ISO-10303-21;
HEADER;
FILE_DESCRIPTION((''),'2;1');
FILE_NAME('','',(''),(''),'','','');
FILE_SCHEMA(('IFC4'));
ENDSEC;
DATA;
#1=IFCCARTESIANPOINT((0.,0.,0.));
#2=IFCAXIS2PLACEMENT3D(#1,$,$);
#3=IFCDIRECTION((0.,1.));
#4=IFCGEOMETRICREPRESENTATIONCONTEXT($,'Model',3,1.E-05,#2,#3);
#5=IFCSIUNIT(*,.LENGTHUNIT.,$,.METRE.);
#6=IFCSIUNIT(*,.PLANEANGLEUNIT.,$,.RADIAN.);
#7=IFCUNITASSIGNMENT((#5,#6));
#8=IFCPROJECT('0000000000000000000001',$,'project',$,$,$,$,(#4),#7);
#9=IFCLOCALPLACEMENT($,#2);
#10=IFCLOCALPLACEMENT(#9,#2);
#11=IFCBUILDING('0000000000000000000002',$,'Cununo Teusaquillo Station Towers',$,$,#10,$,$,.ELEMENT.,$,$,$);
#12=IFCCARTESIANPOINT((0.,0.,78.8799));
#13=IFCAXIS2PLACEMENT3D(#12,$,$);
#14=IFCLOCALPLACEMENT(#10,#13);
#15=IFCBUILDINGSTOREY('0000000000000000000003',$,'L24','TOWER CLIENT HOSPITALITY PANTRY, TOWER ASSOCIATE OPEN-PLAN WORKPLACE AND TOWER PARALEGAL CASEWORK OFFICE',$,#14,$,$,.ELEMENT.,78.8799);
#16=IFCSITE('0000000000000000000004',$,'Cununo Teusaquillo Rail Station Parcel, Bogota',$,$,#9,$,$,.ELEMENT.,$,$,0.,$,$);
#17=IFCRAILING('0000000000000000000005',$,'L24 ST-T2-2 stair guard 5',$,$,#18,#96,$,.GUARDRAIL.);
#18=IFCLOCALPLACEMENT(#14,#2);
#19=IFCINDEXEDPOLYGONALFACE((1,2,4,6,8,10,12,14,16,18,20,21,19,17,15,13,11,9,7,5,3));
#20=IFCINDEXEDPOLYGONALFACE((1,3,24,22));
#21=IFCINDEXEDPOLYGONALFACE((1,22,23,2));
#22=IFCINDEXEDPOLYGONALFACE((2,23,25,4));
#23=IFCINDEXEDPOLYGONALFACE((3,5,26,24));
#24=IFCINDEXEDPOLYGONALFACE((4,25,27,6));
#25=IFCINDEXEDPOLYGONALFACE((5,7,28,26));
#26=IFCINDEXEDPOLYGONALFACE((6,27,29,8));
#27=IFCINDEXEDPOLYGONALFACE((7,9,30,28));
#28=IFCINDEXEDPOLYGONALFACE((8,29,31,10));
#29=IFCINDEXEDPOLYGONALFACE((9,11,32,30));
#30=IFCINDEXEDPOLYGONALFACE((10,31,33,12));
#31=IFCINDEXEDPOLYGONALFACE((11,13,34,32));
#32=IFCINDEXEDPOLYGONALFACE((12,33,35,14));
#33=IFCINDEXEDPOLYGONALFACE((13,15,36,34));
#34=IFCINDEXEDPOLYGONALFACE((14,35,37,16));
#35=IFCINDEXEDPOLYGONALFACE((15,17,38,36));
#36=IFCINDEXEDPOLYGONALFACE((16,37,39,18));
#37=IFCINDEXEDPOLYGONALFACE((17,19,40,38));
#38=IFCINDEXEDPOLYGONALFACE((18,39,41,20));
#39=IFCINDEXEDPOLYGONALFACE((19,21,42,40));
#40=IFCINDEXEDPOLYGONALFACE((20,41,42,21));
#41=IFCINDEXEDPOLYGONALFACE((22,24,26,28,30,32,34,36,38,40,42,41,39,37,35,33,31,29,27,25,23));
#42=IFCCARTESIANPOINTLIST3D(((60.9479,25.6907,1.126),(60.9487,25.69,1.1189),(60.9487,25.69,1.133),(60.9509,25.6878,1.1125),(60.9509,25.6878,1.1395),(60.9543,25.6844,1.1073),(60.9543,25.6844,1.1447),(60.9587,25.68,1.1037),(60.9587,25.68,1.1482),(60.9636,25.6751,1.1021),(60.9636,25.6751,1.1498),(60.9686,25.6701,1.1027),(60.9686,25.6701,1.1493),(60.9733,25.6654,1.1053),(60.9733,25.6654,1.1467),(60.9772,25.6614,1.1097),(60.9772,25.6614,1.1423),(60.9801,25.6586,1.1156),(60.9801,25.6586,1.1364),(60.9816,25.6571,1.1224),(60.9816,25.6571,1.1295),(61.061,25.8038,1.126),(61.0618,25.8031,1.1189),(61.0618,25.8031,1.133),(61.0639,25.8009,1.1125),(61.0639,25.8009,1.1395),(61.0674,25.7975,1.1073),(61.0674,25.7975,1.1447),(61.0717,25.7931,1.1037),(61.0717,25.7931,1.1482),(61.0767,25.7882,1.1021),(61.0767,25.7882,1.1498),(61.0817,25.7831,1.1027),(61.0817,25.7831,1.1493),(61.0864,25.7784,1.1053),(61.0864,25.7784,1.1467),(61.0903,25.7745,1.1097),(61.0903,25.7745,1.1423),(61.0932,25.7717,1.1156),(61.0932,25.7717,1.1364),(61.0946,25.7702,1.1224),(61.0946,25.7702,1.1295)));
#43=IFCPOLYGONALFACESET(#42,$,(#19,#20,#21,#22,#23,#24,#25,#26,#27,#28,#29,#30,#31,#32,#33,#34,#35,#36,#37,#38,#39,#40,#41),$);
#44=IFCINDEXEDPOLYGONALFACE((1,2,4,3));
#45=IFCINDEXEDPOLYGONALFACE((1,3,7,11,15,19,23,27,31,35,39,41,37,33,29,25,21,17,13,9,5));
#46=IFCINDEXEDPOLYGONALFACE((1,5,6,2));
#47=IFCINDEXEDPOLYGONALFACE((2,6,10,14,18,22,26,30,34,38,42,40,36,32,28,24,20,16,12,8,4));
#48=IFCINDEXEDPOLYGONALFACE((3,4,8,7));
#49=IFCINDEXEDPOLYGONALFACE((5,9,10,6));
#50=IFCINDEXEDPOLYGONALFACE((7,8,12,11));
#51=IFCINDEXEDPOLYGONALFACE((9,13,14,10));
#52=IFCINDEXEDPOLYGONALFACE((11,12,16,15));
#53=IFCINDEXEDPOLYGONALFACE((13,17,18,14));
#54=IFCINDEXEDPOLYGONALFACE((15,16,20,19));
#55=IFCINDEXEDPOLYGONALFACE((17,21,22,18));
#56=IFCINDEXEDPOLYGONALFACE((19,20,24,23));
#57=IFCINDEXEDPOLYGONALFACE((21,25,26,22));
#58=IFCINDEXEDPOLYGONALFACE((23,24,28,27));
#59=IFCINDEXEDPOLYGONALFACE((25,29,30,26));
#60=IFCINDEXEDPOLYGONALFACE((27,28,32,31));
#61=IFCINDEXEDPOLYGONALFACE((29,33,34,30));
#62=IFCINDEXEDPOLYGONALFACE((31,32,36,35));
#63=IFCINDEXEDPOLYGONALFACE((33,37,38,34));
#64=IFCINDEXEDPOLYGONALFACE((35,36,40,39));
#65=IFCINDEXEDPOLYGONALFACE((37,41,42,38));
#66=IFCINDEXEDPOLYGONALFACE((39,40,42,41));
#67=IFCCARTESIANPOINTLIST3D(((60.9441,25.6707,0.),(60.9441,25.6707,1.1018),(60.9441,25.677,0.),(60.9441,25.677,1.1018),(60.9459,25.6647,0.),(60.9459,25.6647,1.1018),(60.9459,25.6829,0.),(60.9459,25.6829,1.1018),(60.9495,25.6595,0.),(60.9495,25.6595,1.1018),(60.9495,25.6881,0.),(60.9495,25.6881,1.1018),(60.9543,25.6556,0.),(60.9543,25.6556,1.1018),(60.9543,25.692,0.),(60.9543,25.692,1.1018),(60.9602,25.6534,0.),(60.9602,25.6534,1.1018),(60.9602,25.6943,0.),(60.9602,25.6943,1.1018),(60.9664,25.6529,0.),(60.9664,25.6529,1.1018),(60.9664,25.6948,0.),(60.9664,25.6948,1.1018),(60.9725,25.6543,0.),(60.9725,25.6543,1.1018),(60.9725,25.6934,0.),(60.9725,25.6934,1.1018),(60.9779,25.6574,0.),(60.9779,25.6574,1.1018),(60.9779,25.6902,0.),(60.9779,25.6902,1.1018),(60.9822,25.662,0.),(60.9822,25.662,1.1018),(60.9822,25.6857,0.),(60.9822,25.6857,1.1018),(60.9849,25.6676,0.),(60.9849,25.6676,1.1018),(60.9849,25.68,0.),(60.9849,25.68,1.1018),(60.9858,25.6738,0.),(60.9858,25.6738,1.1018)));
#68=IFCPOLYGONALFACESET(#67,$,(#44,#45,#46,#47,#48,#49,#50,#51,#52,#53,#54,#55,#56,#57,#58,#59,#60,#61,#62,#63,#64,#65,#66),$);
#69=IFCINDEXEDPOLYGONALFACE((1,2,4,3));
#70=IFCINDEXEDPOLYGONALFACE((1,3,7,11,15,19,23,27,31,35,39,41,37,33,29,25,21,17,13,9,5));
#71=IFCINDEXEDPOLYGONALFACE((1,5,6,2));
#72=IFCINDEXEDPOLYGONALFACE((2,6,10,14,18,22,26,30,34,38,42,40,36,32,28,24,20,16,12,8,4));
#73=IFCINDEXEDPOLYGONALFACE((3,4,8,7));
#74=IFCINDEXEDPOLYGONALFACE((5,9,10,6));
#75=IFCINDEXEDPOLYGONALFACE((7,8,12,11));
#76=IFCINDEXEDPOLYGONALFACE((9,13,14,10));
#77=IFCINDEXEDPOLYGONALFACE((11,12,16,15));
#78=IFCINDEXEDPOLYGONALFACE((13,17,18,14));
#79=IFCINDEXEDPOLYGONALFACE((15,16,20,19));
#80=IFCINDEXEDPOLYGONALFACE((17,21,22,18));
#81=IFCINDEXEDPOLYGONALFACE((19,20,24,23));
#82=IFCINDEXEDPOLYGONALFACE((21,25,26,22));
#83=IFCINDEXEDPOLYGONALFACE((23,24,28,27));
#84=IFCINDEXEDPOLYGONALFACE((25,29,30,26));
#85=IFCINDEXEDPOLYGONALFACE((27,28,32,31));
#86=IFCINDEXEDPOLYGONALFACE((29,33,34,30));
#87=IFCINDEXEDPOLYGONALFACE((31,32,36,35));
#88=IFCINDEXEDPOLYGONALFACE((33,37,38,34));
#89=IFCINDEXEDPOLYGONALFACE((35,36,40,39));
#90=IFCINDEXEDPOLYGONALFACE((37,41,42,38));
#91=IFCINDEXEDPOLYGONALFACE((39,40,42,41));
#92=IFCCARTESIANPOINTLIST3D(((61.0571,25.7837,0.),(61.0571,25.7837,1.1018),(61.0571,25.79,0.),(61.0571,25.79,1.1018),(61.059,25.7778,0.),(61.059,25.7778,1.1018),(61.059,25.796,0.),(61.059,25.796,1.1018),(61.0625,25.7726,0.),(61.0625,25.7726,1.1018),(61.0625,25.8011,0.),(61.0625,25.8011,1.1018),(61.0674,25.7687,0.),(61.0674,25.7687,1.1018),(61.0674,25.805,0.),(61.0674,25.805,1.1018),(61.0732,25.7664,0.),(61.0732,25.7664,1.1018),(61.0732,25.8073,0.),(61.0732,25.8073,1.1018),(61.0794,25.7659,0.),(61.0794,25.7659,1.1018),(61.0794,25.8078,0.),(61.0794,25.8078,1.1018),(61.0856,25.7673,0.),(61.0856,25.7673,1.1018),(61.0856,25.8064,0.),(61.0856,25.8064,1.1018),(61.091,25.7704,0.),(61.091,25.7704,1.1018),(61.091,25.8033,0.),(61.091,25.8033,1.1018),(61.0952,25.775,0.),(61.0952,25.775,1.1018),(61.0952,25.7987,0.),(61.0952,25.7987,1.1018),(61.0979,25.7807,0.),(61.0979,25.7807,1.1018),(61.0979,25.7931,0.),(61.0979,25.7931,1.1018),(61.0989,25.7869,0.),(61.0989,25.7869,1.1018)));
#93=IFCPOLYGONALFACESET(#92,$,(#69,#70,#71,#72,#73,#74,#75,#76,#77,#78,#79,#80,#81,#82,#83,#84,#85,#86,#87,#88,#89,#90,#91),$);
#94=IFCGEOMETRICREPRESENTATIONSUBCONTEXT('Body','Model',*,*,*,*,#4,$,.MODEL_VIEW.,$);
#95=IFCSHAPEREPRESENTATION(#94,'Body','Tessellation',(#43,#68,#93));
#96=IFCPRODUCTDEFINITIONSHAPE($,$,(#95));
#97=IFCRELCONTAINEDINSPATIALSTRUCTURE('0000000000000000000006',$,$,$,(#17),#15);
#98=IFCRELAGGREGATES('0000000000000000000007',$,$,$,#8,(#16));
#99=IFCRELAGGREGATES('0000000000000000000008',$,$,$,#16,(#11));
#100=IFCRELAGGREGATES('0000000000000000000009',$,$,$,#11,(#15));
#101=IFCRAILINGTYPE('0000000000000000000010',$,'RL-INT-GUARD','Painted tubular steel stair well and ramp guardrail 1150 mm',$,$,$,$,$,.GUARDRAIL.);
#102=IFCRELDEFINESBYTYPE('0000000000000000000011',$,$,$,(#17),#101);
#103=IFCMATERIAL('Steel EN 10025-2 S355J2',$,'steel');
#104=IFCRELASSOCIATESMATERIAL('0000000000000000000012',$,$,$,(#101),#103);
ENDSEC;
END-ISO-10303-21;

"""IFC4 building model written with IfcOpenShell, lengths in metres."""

from ifc_helpers import new_model, si_unit, direction, frame, origin, origin_2d, place, context, subcontext, project, spatial, circle, extrude, material, type_object, element, save


model = new_model("IFC4")

# Units and contexts
model_context = context("Model", 3, precision=1e-05, world=origin(), true_north=direction((0.0, 1.0)))
body_context = subcontext(model_context, "Body", "Model", "MODEL_VIEW")
ifc_project = project(units=[si_unit("LENGTHUNIT", "METRE"), si_unit("PLANEANGLEUNIT", "RADIAN")], contexts=[model_context])

# Site, building, storey
site_placement = place(None, origin())
site = spatial("IfcSite", under=ifc_project, at=site_placement, Name="Cununo Teusaquillo Rail Station Parcel, Bogota", CompositionType="ELEMENT", RefElevation=0.0)
building_placement = place(site_placement, origin())
building = spatial("IfcBuilding", under=site, at=building_placement, Name="Cununo Teusaquillo Station Towers", CompositionType="ELEMENT")
storey_placement = place(building_placement, frame((0.0, 0.0, 78.8799)))
storey = spatial("IfcBuildingStorey", under=building, at=storey_placement, Name="L24", Description="TOWER CLIENT HOSPITALITY PANTRY, TOWER ASSOCIATE OPEN-PLAN WORKPLACE AND TOWER PARALEGAL CASEWORK OFFICE", CompositionType="ELEMENT", Elevation=78.8799)

# Railing
ifc_material_1 = material(Name="Steel EN 10025-2 S355J2", Category="steel")
railing_type_1 = type_object("IfcRailingType", Name="RL-INT-GUARD", Description="Painted tubular steel stair well and ramp guardrail 1150 mm", PredefinedType="GUARDRAIL", material=ifc_material_1)
railing_1_placement = place(storey_placement, frame((60.9648, 25.6738, 0.0)))
element("IfcRailing", 1, at=railing_1_placement, inside=storey, type_object=railing_type_1, Name="L24 ST-T2-2 stair guard 5", PredefinedType="GUARDRAIL", context=body_context, shape_type="SweptSolid", body=[
    extrude(circle(Radius=0.0239, at=origin_2d()), frame((0.0, 0.0, 1.126), z_axis=(0.707107, 0.707107, 0.0), x_axis=(-0.707107, 0.707107, 0.0)), (0.0, 0.0, 1.0), 0.1599),
    extrude(circle(Radius=0.021, at=origin_2d()), origin(), (0.0, 0.0, 1.0), 1.1018),
    extrude(circle(Radius=0.021, at=origin_2d()), frame((0.113, 0.113, 0.0)), (0.0, 0.0, 1.0), 1.1018),
])

save(model, "model.ifc")
